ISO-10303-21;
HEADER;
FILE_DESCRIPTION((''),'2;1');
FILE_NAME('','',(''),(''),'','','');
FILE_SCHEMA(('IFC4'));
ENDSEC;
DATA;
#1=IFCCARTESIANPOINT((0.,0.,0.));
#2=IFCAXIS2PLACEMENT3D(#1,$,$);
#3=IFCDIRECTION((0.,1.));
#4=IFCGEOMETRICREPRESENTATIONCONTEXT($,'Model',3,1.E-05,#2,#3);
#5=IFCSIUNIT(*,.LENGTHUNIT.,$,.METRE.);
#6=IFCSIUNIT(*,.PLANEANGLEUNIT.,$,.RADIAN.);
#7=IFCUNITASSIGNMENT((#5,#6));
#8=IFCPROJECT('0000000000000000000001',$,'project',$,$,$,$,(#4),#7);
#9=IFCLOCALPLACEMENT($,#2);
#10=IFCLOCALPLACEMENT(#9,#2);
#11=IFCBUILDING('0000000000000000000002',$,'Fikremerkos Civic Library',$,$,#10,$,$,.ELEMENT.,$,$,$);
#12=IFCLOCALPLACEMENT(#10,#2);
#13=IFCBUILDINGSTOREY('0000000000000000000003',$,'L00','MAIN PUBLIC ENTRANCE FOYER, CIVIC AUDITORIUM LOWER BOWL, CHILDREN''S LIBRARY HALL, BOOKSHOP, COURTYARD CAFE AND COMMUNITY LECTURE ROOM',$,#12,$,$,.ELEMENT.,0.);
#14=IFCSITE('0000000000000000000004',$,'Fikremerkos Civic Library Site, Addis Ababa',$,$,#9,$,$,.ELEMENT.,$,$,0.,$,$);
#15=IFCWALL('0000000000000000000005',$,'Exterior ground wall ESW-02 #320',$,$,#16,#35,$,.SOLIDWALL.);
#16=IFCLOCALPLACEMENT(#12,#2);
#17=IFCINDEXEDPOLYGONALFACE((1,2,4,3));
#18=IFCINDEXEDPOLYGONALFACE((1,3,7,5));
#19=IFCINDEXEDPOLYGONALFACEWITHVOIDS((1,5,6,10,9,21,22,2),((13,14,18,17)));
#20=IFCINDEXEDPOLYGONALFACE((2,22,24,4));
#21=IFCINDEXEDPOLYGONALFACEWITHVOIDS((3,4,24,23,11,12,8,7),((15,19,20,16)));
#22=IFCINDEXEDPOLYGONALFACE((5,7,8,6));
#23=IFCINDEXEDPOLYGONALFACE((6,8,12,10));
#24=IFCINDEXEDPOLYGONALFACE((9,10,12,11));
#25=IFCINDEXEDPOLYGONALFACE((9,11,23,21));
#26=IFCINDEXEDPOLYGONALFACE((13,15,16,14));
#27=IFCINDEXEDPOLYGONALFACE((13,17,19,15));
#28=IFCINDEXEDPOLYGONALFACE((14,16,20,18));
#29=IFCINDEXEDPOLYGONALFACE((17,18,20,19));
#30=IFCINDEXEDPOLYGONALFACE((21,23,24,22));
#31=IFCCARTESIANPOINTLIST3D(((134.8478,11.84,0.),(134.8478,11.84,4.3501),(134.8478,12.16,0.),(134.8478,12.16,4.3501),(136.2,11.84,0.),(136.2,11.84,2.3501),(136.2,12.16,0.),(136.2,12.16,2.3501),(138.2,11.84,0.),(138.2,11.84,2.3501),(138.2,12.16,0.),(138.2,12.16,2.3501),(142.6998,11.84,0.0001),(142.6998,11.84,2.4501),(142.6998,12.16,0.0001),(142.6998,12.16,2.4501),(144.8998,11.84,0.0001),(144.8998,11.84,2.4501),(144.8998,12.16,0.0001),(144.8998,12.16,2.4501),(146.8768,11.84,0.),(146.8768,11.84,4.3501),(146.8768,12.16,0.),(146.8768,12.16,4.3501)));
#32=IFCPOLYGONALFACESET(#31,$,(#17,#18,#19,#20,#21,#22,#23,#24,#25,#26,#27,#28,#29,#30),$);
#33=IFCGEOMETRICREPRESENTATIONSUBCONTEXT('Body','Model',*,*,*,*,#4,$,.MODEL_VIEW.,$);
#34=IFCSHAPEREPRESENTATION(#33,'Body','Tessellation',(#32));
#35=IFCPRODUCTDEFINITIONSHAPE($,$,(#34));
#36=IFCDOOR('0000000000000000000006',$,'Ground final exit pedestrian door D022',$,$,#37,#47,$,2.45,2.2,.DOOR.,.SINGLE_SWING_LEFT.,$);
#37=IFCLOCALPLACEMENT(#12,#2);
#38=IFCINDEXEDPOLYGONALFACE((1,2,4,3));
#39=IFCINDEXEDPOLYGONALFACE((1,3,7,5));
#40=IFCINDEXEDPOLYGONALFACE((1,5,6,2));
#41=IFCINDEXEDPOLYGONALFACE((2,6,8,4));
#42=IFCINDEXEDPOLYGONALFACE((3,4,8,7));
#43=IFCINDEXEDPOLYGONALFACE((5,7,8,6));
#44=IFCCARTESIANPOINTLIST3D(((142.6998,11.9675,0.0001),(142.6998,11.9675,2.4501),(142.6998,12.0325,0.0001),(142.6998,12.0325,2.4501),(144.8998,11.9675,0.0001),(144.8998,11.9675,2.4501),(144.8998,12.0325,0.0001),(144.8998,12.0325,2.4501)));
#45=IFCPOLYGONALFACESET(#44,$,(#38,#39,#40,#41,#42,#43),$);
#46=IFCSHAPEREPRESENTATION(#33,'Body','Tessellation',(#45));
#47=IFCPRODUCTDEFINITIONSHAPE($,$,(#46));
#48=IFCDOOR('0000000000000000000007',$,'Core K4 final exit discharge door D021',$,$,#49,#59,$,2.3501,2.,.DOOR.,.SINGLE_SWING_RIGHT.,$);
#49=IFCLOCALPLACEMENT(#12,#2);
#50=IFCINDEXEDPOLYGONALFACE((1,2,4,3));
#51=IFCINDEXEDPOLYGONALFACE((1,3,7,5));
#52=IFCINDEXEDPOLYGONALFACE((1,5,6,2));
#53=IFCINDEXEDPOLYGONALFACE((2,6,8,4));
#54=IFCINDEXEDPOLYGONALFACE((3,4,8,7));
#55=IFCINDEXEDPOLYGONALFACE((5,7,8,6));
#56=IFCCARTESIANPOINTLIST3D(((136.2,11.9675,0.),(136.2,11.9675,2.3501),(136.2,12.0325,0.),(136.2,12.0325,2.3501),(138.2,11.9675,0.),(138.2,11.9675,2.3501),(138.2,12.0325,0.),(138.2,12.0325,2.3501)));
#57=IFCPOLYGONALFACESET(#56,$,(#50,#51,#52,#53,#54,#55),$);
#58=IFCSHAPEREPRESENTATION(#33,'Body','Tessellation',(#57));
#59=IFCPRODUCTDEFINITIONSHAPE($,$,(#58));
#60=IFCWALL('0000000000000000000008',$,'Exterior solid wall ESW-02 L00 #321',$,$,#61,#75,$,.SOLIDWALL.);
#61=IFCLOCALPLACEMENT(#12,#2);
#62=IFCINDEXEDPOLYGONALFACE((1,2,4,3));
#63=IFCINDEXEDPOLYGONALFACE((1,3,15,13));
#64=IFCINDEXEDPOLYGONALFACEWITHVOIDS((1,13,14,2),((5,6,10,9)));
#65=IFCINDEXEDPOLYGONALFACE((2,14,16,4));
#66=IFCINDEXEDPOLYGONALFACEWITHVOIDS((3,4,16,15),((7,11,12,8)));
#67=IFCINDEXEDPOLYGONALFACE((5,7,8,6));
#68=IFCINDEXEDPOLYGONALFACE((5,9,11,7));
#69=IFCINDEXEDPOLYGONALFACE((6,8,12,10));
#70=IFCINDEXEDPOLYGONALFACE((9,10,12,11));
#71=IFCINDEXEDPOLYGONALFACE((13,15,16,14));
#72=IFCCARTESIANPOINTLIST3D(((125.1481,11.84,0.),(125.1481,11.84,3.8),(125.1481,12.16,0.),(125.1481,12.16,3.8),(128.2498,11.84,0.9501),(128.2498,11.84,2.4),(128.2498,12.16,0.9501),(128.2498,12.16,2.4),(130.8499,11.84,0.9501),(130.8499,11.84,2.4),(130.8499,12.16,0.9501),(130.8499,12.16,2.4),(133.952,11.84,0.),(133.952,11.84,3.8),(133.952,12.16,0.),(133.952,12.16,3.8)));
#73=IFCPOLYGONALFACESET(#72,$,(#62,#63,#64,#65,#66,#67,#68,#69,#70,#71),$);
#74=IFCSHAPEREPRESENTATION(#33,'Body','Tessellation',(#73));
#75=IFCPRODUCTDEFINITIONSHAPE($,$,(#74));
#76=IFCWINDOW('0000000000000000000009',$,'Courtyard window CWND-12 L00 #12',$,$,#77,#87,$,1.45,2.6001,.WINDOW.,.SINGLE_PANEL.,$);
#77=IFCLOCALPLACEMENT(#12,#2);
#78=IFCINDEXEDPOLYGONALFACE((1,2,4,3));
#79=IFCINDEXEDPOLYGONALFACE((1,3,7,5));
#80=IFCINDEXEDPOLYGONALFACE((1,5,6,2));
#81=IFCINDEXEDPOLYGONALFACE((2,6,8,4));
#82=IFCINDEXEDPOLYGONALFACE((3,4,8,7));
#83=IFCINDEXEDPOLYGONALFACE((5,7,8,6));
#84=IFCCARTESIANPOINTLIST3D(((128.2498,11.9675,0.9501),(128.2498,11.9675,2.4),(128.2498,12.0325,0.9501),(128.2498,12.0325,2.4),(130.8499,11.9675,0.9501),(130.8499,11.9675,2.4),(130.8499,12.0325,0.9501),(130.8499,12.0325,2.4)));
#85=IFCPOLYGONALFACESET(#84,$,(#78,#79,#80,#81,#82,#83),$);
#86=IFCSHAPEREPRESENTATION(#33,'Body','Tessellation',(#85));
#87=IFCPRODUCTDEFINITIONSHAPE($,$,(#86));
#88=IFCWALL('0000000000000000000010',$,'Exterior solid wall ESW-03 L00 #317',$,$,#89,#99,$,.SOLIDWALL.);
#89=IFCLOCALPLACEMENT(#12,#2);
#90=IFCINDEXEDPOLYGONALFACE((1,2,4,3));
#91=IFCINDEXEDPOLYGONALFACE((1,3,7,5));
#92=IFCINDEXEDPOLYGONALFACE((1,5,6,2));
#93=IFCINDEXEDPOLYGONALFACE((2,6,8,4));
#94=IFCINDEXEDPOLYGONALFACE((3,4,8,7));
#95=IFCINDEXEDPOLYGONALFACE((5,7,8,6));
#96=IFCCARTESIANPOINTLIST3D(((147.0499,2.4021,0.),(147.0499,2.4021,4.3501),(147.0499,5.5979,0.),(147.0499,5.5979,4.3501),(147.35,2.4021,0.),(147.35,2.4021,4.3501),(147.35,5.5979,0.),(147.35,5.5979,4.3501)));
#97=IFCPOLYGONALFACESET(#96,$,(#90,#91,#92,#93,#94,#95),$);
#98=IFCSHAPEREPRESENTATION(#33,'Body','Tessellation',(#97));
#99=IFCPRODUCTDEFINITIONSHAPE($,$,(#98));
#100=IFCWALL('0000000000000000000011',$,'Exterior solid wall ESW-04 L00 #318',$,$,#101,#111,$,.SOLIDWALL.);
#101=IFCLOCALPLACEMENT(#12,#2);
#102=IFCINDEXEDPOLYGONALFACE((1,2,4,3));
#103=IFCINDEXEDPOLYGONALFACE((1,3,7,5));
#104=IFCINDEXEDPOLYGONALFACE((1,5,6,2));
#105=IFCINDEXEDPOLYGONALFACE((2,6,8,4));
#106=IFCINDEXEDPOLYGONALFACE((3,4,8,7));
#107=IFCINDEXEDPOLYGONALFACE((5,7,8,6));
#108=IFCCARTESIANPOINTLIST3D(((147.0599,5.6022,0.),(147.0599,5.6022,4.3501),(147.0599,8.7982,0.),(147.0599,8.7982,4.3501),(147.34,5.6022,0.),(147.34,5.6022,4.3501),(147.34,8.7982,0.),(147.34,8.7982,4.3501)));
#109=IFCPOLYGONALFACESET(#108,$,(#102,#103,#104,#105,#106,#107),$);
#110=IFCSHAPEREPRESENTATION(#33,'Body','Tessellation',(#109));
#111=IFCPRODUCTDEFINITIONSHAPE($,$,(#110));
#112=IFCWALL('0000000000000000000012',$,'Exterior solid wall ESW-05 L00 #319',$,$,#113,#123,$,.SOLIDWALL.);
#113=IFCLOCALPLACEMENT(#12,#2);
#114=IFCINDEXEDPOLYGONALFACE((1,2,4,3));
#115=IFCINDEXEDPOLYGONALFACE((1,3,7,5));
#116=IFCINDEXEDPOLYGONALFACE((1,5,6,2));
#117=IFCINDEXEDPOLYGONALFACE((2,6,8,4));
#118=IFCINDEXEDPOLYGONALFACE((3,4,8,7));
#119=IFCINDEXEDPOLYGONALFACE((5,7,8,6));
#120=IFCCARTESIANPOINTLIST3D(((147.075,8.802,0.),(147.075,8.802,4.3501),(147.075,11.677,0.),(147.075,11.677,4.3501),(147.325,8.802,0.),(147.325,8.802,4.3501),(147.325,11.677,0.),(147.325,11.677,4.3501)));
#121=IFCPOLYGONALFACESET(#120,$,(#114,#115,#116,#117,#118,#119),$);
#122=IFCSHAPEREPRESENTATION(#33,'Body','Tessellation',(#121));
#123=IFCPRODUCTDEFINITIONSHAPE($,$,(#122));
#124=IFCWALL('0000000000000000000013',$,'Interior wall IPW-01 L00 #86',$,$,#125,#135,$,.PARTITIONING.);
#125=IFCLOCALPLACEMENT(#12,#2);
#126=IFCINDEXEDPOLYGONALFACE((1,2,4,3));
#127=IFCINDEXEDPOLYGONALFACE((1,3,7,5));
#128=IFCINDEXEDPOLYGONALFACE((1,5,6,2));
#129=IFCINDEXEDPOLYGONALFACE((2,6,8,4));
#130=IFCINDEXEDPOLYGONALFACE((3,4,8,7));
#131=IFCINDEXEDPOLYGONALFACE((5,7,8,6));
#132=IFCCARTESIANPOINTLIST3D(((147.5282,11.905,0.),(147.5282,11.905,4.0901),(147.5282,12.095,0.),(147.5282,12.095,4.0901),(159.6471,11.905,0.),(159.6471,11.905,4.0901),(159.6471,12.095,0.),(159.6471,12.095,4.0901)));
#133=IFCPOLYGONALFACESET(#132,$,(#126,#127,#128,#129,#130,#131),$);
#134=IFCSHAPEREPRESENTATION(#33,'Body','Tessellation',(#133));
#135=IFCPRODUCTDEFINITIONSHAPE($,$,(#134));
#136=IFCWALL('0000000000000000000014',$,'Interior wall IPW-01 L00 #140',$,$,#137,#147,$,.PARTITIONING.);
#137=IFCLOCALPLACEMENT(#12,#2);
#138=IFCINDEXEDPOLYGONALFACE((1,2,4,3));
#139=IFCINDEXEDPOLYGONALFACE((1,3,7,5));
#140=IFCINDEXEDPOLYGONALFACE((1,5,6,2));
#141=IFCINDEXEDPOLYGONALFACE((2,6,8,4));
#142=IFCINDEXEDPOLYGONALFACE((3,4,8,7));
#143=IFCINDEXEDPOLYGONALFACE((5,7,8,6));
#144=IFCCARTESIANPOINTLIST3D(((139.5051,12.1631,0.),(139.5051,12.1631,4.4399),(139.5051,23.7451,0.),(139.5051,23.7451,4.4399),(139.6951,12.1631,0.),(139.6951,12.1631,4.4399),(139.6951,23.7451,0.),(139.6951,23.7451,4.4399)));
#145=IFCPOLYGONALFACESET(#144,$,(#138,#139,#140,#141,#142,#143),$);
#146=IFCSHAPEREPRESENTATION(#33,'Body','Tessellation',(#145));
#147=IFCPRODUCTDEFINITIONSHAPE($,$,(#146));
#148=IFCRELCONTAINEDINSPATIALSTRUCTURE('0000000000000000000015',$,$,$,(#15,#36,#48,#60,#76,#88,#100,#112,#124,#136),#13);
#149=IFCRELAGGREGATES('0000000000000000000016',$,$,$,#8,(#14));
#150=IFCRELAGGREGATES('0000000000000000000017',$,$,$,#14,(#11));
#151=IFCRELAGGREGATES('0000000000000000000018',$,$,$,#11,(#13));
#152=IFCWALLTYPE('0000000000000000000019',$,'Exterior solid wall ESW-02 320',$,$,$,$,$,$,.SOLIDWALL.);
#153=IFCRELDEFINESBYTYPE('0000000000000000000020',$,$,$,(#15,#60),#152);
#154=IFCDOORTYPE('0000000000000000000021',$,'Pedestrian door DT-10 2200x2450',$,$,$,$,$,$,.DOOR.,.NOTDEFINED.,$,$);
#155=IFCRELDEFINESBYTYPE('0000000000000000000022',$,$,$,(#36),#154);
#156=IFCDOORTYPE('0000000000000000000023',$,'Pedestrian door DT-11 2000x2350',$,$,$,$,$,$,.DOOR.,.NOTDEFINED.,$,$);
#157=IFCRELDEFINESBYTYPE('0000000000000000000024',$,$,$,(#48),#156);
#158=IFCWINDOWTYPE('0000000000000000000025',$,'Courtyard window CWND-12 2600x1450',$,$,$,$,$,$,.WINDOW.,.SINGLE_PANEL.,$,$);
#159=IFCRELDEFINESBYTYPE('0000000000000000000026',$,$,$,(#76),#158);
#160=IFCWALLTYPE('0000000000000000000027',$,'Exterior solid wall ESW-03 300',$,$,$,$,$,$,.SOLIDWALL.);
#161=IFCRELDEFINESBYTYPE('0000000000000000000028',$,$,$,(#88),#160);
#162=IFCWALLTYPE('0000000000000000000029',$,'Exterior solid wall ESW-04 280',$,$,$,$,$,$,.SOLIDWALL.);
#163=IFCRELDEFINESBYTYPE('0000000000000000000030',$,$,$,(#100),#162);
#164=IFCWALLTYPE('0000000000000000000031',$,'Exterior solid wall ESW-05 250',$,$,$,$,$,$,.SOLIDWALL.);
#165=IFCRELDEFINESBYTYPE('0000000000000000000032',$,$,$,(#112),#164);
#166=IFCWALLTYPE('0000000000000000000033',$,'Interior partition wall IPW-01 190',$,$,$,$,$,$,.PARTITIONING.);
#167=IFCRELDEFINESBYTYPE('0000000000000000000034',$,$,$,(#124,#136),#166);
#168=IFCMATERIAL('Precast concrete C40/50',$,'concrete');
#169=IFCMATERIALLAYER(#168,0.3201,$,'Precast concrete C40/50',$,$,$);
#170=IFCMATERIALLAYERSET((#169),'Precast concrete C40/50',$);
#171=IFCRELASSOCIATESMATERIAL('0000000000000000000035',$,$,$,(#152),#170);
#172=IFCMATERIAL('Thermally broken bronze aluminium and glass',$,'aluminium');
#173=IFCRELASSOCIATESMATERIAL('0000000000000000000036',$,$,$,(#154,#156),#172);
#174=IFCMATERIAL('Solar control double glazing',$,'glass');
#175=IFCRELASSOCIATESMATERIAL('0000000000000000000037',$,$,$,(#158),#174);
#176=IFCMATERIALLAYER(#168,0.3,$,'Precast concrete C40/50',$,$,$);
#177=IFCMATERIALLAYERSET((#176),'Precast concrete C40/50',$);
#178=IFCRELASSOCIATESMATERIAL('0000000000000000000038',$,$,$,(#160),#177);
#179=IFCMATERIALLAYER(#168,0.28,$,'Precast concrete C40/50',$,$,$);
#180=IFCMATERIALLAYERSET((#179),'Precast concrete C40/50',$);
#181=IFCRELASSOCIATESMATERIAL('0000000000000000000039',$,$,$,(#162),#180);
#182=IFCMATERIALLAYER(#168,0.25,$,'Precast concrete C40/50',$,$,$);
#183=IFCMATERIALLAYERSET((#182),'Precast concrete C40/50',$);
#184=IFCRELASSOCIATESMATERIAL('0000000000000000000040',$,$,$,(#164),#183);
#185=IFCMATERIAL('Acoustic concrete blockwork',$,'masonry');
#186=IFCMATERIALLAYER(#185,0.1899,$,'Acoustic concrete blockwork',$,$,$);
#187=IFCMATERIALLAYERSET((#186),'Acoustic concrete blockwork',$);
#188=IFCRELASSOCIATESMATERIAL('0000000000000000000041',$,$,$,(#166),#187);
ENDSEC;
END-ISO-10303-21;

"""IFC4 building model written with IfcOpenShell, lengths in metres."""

from ifc_helpers import new_model, si_unit, direction, frame, frame_2d, origin, place, context, subcontext, project, spatial, rectangle, extrude, material, layer, layer_set, type_object, element, fill, save


model = new_model("IFC4")

# Units and contexts
model_context = context("Model", 3, precision=1e-05, world=origin(), true_north=direction((0.0, 1.0)))
body_context = subcontext(model_context, "Body", "Model", "MODEL_VIEW")
ifc_project = project(units=[si_unit("LENGTHUNIT", "METRE"), si_unit("PLANEANGLEUNIT", "RADIAN")], contexts=[model_context])

# Site, building, storey
site_placement = place(None, origin())
site = spatial("IfcSite", under=ifc_project, at=site_placement, Name="Fikremerkos Civic Library Site, Addis Ababa", CompositionType="ELEMENT", RefElevation=0.0)
building_placement = place(site_placement, origin())
building = spatial("IfcBuilding", under=site, at=building_placement, Name="Fikremerkos Civic Library", CompositionType="ELEMENT")
storey_placement = place(building_placement, origin())
storey = spatial("IfcBuildingStorey", under=building, at=storey_placement, Name="L00", Description="MAIN PUBLIC ENTRANCE FOYER, CIVIC AUDITORIUM LOWER BOWL, CHILDREN'S LIBRARY HALL, BOOKSHOP, COURTYARD CAFE AND COMMUNITY LECTURE ROOM", CompositionType="ELEMENT", Elevation=0.0)

# Shared definitions
ifc_material_1 = material(Name="Precast concrete C40/50", Category="concrete")
ifc_layer_1 = layer(ifc_material_1, 0.3201, Name="Precast concrete C40/50")
ifc_layer_set_1 = layer_set([ifc_layer_1], Name="Precast concrete C40/50")
wall_type_1 = type_object("IfcWallType", Name="Exterior solid wall ESW-02 320", PredefinedType="SOLIDWALL", material=ifc_layer_set_1)

# Wall, openings, doors
wall_1_placement = place(storey_placement, frame((146.877, 12.0, 0.0), z_axis=(0.0, 0.0, 1.0), x_axis=(-1.0, 0.0, 0.0)))
wall_1 = element("IfcWall", 1, at=wall_1_placement, inside=storey, type_object=wall_type_1, Name="Exterior ground wall ESW-02 #320", PredefinedType="SOLIDWALL", context=body_context, shape_type="SweptSolid", body=[
    extrude(rectangle(XDim=12.0291, YDim=0.3201, at=frame_2d((6.0146, 0.0))), origin(), (0.0, 0.0, 1.0), 4.3501),
])
opening_1_placement = place(wall_1_placement, frame((8.677, 0.0, 0.0)))
opening_1 = element("IfcOpeningElement", 2, at=opening_1_placement, cuts=wall_1, PredefinedType="OPENING", context=body_context, shape_type="SweptSolid", body=[
    extrude(rectangle(XDim=2.0, YDim=2.3501, at=frame_2d((1.0, 1.175))), frame((0.0, 0.1699, 0.0), z_axis=(0.0, -1.0, 0.0), x_axis=(1.0, 0.0, 0.0)), (0.0, 0.0, 1.0), 0.3401),
])
opening_2_placement = place(wall_1_placement, frame((1.9771, 0.0, 0.0)))
opening_2 = element("IfcOpeningElement", 3, at=opening_2_placement, cuts=wall_1, PredefinedType="OPENING", context=body_context, shape_type="SweptSolid", body=[
    extrude(rectangle(XDim=2.2, YDim=2.45, at=frame_2d((1.1001, 1.2251))), frame((0.0, 0.1699, 0.0), z_axis=(0.0, -1.0, 0.0), x_axis=(1.0, 0.0, 0.0)), (0.0, 0.0, 1.0), 0.3401),
])
ifc_material_2 = material(Name="Thermally broken bronze aluminium and glass", Category="aluminium")
door_type_1 = type_object("IfcDoorType", Name="Pedestrian door DT-10 2200x2450", OperationType="NOTDEFINED", PredefinedType="DOOR", material=ifc_material_2)
door_1_placement = place(opening_2_placement, origin())
door_1 = element("IfcDoor", 4, at=door_1_placement, inside=storey, type_object=door_type_1, Name="Ground final exit pedestrian door D022", OperationType="SINGLE_SWING_LEFT", OverallHeight=2.45, OverallWidth=2.2, PredefinedType="DOOR", context=body_context, shape_type="SweptSolid", body=[
    extrude(rectangle(XDim=2.2, YDim=2.45, at=frame_2d((1.1001, 1.2251))), frame((0.0, 0.0325, 0.0), z_axis=(0.0, -1.0, 0.0), x_axis=(1.0, 0.0, 0.0)), (0.0, 0.0, 1.0), 0.0649),
])
fill(opening_2, door_1)
door_type_2 = type_object("IfcDoorType", Name="Pedestrian door DT-11 2000x2350", OperationType="NOTDEFINED", PredefinedType="DOOR", material=ifc_material_2)
door_2_placement = place(opening_1_placement, origin())
door_2 = element("IfcDoor", 5, at=door_2_placement, inside=storey, type_object=door_type_2, Name="Core K4 final exit discharge door D021", OperationType="SINGLE_SWING_RIGHT", OverallHeight=2.3501, OverallWidth=2.0, PredefinedType="DOOR", context=body_context, shape_type="SweptSolid", body=[
    extrude(rectangle(XDim=2.0, YDim=2.3501, at=frame_2d((1.0, 1.175))), frame((0.0, 0.0325, 0.0), z_axis=(0.0, -1.0, 0.0), x_axis=(1.0, 0.0, 0.0)), (0.0, 0.0, 1.0), 0.0649),
])
fill(opening_1, door_2)

# Wall, opening, window
wall_2_placement = place(storey_placement, frame((133.9519, 12.0, 0.0), z_axis=(0.0, 0.0, 1.0), x_axis=(-1.0, 0.0, 0.0)))
wall_2 = element("IfcWall", 6, at=wall_2_placement, inside=storey, type_object=wall_type_1, Name="Exterior solid wall ESW-02 L00 #321", PredefinedType="SOLIDWALL", context=body_context, shape_type="SweptSolid", body=[
    extrude(rectangle(XDim=8.804, YDim=0.3201, at=frame_2d((4.4019, 0.0))), origin(), (0.0, 0.0, 1.0), 3.8),
])
opening_3_placement = place(wall_2_placement, frame((3.1021, 0.0, 0.95)))
opening_3 = element("IfcOpeningElement", 7, at=opening_3_placement, cuts=wall_2, PredefinedType="OPENING", context=body_context, shape_type="SweptSolid", body=[
    extrude(rectangle(XDim=2.6001, YDim=1.45, at=frame_2d((1.3, 0.7251))), frame((0.0, 0.1699, 0.0), z_axis=(0.0, -1.0, 0.0), x_axis=(1.0, 0.0, 0.0)), (0.0, 0.0, 1.0), 0.3401),
])
ifc_material_3 = material(Name="Solar control double glazing", Category="glass")
window_type = type_object("IfcWindowType", Name="Courtyard window CWND-12 2600x1450", PartitioningType="SINGLE_PANEL", PredefinedType="WINDOW", material=ifc_material_3)
window_placement = place(opening_3_placement, origin())
window = element("IfcWindow", 8, at=window_placement, inside=storey, type_object=window_type, Name="Courtyard window CWND-12 L00 #12", OverallHeight=1.45, OverallWidth=2.6001, PartitioningType="SINGLE_PANEL", PredefinedType="WINDOW", context=body_context, shape_type="SweptSolid", body=[
    extrude(rectangle(XDim=2.6001, YDim=1.45, at=frame_2d((1.3, 0.7251))), frame((0.0, 0.0325, 0.0), z_axis=(0.0, -1.0, 0.0), x_axis=(1.0, 0.0, 0.0)), (0.0, 0.0, 1.0), 0.0649),
])
fill(opening_3, window)

# Walls
ifc_layer_2 = layer(ifc_material_1, 0.3, Name="Precast concrete C40/50")
ifc_layer_set_2 = layer_set([ifc_layer_2], Name="Precast concrete C40/50")
wall_type_2 = type_object("IfcWallType", Name="Exterior solid wall ESW-03 300", PredefinedType="SOLIDWALL", material=ifc_layer_set_2)
wall_3_placement = place(storey_placement, frame((147.2, 2.4021, 0.0), z_axis=(0.0, 0.0, 1.0), x_axis=(0.0, 1.0, 0.0)))
element("IfcWall", 9, at=wall_3_placement, inside=storey, type_object=wall_type_2, Name="Exterior solid wall ESW-03 L00 #317", PredefinedType="SOLIDWALL", context=body_context, shape_type="SweptSolid", body=[
    extrude(rectangle(XDim=3.1958, YDim=0.3, at=frame_2d((1.5979, 0.0))), origin(), (0.0, 0.0, 1.0), 4.3501),
])
ifc_layer_3 = layer(ifc_material_1, 0.28, Name="Precast concrete C40/50")
ifc_layer_set_3 = layer_set([ifc_layer_3], Name="Precast concrete C40/50")
wall_type_3 = type_object("IfcWallType", Name="Exterior solid wall ESW-04 280", PredefinedType="SOLIDWALL", material=ifc_layer_set_3)
wall_4_placement = place(storey_placement, frame((147.2, 5.6021, 0.0), z_axis=(0.0, 0.0, 1.0), x_axis=(0.0, 1.0, 0.0)))
element("IfcWall", 10, at=wall_4_placement, inside=storey, type_object=wall_type_3, Name="Exterior solid wall ESW-04 L00 #318", PredefinedType="SOLIDWALL", context=body_context, shape_type="SweptSolid", body=[
    extrude(rectangle(XDim=3.196, YDim=0.28, at=frame_2d((1.5981, 0.0))), origin(), (0.0, 0.0, 1.0), 4.3501),
])
ifc_layer_4 = layer(ifc_material_1, 0.25, Name="Precast concrete C40/50")
ifc_layer_set_4 = layer_set([ifc_layer_4], Name="Precast concrete C40/50")
wall_type_4 = type_object("IfcWallType", Name="Exterior solid wall ESW-05 250", PredefinedType="SOLIDWALL", material=ifc_layer_set_4)
wall_5_placement = place(storey_placement, frame((147.2, 8.802, 0.0), z_axis=(0.0, 0.0, 1.0), x_axis=(0.0, 1.0, 0.0)))
element("IfcWall", 11, at=wall_5_placement, inside=storey, type_object=wall_type_4, Name="Exterior solid wall ESW-05 L00 #319", PredefinedType="SOLIDWALL", context=body_context, shape_type="SweptSolid", body=[
    extrude(rectangle(XDim=2.875, YDim=0.25, at=frame_2d((1.4375, 0.0))), origin(), (0.0, 0.0, 1.0), 4.3501),
])
ifc_material_4 = material(Name="Acoustic concrete blockwork", Category="masonry")
ifc_layer_5 = layer(ifc_material_4, 0.1899, Name="Acoustic concrete blockwork")
ifc_layer_set_5 = layer_set([ifc_layer_5], Name="Acoustic concrete blockwork")
wall_type_5 = type_object("IfcWallType", Name="Interior partition wall IPW-01 190", PredefinedType="PARTITIONING", material=ifc_layer_set_5)
wall_6_placement = place(storey_placement, frame((147.5281, 12.0, 0.0), z_axis=(0.0, 0.0, 1.0), x_axis=(1.0, 0.0, 0.0)))
element("IfcWall", 12, at=wall_6_placement, inside=storey, type_object=wall_type_5, Name="Interior wall IPW-01 L00 #86", PredefinedType="PARTITIONING", context=body_context, shape_type="SweptSolid", body=[
    extrude(rectangle(XDim=12.1189, YDim=0.1899, at=frame_2d((6.0596, 0.0))), origin(), (0.0, 0.0, 1.0), 4.0901),
])
wall_7_placement = place(storey_placement, frame((139.6001, 12.1631, 0.0), z_axis=(0.0, 0.0, 1.0), x_axis=(0.0, 1.0, 0.0)))
element("IfcWall", 13, at=wall_7_placement, inside=storey, type_object=wall_type_5, Name="Interior wall IPW-01 L00 #140", PredefinedType="PARTITIONING", context=body_context, shape_type="SweptSolid", body=[
    extrude(rectangle(XDim=11.582, YDim=0.1899, at=frame_2d((5.791, 0.0))), origin(), (0.0, 0.0, 1.0), 4.4399),
])

save(model, "model.ifc")
